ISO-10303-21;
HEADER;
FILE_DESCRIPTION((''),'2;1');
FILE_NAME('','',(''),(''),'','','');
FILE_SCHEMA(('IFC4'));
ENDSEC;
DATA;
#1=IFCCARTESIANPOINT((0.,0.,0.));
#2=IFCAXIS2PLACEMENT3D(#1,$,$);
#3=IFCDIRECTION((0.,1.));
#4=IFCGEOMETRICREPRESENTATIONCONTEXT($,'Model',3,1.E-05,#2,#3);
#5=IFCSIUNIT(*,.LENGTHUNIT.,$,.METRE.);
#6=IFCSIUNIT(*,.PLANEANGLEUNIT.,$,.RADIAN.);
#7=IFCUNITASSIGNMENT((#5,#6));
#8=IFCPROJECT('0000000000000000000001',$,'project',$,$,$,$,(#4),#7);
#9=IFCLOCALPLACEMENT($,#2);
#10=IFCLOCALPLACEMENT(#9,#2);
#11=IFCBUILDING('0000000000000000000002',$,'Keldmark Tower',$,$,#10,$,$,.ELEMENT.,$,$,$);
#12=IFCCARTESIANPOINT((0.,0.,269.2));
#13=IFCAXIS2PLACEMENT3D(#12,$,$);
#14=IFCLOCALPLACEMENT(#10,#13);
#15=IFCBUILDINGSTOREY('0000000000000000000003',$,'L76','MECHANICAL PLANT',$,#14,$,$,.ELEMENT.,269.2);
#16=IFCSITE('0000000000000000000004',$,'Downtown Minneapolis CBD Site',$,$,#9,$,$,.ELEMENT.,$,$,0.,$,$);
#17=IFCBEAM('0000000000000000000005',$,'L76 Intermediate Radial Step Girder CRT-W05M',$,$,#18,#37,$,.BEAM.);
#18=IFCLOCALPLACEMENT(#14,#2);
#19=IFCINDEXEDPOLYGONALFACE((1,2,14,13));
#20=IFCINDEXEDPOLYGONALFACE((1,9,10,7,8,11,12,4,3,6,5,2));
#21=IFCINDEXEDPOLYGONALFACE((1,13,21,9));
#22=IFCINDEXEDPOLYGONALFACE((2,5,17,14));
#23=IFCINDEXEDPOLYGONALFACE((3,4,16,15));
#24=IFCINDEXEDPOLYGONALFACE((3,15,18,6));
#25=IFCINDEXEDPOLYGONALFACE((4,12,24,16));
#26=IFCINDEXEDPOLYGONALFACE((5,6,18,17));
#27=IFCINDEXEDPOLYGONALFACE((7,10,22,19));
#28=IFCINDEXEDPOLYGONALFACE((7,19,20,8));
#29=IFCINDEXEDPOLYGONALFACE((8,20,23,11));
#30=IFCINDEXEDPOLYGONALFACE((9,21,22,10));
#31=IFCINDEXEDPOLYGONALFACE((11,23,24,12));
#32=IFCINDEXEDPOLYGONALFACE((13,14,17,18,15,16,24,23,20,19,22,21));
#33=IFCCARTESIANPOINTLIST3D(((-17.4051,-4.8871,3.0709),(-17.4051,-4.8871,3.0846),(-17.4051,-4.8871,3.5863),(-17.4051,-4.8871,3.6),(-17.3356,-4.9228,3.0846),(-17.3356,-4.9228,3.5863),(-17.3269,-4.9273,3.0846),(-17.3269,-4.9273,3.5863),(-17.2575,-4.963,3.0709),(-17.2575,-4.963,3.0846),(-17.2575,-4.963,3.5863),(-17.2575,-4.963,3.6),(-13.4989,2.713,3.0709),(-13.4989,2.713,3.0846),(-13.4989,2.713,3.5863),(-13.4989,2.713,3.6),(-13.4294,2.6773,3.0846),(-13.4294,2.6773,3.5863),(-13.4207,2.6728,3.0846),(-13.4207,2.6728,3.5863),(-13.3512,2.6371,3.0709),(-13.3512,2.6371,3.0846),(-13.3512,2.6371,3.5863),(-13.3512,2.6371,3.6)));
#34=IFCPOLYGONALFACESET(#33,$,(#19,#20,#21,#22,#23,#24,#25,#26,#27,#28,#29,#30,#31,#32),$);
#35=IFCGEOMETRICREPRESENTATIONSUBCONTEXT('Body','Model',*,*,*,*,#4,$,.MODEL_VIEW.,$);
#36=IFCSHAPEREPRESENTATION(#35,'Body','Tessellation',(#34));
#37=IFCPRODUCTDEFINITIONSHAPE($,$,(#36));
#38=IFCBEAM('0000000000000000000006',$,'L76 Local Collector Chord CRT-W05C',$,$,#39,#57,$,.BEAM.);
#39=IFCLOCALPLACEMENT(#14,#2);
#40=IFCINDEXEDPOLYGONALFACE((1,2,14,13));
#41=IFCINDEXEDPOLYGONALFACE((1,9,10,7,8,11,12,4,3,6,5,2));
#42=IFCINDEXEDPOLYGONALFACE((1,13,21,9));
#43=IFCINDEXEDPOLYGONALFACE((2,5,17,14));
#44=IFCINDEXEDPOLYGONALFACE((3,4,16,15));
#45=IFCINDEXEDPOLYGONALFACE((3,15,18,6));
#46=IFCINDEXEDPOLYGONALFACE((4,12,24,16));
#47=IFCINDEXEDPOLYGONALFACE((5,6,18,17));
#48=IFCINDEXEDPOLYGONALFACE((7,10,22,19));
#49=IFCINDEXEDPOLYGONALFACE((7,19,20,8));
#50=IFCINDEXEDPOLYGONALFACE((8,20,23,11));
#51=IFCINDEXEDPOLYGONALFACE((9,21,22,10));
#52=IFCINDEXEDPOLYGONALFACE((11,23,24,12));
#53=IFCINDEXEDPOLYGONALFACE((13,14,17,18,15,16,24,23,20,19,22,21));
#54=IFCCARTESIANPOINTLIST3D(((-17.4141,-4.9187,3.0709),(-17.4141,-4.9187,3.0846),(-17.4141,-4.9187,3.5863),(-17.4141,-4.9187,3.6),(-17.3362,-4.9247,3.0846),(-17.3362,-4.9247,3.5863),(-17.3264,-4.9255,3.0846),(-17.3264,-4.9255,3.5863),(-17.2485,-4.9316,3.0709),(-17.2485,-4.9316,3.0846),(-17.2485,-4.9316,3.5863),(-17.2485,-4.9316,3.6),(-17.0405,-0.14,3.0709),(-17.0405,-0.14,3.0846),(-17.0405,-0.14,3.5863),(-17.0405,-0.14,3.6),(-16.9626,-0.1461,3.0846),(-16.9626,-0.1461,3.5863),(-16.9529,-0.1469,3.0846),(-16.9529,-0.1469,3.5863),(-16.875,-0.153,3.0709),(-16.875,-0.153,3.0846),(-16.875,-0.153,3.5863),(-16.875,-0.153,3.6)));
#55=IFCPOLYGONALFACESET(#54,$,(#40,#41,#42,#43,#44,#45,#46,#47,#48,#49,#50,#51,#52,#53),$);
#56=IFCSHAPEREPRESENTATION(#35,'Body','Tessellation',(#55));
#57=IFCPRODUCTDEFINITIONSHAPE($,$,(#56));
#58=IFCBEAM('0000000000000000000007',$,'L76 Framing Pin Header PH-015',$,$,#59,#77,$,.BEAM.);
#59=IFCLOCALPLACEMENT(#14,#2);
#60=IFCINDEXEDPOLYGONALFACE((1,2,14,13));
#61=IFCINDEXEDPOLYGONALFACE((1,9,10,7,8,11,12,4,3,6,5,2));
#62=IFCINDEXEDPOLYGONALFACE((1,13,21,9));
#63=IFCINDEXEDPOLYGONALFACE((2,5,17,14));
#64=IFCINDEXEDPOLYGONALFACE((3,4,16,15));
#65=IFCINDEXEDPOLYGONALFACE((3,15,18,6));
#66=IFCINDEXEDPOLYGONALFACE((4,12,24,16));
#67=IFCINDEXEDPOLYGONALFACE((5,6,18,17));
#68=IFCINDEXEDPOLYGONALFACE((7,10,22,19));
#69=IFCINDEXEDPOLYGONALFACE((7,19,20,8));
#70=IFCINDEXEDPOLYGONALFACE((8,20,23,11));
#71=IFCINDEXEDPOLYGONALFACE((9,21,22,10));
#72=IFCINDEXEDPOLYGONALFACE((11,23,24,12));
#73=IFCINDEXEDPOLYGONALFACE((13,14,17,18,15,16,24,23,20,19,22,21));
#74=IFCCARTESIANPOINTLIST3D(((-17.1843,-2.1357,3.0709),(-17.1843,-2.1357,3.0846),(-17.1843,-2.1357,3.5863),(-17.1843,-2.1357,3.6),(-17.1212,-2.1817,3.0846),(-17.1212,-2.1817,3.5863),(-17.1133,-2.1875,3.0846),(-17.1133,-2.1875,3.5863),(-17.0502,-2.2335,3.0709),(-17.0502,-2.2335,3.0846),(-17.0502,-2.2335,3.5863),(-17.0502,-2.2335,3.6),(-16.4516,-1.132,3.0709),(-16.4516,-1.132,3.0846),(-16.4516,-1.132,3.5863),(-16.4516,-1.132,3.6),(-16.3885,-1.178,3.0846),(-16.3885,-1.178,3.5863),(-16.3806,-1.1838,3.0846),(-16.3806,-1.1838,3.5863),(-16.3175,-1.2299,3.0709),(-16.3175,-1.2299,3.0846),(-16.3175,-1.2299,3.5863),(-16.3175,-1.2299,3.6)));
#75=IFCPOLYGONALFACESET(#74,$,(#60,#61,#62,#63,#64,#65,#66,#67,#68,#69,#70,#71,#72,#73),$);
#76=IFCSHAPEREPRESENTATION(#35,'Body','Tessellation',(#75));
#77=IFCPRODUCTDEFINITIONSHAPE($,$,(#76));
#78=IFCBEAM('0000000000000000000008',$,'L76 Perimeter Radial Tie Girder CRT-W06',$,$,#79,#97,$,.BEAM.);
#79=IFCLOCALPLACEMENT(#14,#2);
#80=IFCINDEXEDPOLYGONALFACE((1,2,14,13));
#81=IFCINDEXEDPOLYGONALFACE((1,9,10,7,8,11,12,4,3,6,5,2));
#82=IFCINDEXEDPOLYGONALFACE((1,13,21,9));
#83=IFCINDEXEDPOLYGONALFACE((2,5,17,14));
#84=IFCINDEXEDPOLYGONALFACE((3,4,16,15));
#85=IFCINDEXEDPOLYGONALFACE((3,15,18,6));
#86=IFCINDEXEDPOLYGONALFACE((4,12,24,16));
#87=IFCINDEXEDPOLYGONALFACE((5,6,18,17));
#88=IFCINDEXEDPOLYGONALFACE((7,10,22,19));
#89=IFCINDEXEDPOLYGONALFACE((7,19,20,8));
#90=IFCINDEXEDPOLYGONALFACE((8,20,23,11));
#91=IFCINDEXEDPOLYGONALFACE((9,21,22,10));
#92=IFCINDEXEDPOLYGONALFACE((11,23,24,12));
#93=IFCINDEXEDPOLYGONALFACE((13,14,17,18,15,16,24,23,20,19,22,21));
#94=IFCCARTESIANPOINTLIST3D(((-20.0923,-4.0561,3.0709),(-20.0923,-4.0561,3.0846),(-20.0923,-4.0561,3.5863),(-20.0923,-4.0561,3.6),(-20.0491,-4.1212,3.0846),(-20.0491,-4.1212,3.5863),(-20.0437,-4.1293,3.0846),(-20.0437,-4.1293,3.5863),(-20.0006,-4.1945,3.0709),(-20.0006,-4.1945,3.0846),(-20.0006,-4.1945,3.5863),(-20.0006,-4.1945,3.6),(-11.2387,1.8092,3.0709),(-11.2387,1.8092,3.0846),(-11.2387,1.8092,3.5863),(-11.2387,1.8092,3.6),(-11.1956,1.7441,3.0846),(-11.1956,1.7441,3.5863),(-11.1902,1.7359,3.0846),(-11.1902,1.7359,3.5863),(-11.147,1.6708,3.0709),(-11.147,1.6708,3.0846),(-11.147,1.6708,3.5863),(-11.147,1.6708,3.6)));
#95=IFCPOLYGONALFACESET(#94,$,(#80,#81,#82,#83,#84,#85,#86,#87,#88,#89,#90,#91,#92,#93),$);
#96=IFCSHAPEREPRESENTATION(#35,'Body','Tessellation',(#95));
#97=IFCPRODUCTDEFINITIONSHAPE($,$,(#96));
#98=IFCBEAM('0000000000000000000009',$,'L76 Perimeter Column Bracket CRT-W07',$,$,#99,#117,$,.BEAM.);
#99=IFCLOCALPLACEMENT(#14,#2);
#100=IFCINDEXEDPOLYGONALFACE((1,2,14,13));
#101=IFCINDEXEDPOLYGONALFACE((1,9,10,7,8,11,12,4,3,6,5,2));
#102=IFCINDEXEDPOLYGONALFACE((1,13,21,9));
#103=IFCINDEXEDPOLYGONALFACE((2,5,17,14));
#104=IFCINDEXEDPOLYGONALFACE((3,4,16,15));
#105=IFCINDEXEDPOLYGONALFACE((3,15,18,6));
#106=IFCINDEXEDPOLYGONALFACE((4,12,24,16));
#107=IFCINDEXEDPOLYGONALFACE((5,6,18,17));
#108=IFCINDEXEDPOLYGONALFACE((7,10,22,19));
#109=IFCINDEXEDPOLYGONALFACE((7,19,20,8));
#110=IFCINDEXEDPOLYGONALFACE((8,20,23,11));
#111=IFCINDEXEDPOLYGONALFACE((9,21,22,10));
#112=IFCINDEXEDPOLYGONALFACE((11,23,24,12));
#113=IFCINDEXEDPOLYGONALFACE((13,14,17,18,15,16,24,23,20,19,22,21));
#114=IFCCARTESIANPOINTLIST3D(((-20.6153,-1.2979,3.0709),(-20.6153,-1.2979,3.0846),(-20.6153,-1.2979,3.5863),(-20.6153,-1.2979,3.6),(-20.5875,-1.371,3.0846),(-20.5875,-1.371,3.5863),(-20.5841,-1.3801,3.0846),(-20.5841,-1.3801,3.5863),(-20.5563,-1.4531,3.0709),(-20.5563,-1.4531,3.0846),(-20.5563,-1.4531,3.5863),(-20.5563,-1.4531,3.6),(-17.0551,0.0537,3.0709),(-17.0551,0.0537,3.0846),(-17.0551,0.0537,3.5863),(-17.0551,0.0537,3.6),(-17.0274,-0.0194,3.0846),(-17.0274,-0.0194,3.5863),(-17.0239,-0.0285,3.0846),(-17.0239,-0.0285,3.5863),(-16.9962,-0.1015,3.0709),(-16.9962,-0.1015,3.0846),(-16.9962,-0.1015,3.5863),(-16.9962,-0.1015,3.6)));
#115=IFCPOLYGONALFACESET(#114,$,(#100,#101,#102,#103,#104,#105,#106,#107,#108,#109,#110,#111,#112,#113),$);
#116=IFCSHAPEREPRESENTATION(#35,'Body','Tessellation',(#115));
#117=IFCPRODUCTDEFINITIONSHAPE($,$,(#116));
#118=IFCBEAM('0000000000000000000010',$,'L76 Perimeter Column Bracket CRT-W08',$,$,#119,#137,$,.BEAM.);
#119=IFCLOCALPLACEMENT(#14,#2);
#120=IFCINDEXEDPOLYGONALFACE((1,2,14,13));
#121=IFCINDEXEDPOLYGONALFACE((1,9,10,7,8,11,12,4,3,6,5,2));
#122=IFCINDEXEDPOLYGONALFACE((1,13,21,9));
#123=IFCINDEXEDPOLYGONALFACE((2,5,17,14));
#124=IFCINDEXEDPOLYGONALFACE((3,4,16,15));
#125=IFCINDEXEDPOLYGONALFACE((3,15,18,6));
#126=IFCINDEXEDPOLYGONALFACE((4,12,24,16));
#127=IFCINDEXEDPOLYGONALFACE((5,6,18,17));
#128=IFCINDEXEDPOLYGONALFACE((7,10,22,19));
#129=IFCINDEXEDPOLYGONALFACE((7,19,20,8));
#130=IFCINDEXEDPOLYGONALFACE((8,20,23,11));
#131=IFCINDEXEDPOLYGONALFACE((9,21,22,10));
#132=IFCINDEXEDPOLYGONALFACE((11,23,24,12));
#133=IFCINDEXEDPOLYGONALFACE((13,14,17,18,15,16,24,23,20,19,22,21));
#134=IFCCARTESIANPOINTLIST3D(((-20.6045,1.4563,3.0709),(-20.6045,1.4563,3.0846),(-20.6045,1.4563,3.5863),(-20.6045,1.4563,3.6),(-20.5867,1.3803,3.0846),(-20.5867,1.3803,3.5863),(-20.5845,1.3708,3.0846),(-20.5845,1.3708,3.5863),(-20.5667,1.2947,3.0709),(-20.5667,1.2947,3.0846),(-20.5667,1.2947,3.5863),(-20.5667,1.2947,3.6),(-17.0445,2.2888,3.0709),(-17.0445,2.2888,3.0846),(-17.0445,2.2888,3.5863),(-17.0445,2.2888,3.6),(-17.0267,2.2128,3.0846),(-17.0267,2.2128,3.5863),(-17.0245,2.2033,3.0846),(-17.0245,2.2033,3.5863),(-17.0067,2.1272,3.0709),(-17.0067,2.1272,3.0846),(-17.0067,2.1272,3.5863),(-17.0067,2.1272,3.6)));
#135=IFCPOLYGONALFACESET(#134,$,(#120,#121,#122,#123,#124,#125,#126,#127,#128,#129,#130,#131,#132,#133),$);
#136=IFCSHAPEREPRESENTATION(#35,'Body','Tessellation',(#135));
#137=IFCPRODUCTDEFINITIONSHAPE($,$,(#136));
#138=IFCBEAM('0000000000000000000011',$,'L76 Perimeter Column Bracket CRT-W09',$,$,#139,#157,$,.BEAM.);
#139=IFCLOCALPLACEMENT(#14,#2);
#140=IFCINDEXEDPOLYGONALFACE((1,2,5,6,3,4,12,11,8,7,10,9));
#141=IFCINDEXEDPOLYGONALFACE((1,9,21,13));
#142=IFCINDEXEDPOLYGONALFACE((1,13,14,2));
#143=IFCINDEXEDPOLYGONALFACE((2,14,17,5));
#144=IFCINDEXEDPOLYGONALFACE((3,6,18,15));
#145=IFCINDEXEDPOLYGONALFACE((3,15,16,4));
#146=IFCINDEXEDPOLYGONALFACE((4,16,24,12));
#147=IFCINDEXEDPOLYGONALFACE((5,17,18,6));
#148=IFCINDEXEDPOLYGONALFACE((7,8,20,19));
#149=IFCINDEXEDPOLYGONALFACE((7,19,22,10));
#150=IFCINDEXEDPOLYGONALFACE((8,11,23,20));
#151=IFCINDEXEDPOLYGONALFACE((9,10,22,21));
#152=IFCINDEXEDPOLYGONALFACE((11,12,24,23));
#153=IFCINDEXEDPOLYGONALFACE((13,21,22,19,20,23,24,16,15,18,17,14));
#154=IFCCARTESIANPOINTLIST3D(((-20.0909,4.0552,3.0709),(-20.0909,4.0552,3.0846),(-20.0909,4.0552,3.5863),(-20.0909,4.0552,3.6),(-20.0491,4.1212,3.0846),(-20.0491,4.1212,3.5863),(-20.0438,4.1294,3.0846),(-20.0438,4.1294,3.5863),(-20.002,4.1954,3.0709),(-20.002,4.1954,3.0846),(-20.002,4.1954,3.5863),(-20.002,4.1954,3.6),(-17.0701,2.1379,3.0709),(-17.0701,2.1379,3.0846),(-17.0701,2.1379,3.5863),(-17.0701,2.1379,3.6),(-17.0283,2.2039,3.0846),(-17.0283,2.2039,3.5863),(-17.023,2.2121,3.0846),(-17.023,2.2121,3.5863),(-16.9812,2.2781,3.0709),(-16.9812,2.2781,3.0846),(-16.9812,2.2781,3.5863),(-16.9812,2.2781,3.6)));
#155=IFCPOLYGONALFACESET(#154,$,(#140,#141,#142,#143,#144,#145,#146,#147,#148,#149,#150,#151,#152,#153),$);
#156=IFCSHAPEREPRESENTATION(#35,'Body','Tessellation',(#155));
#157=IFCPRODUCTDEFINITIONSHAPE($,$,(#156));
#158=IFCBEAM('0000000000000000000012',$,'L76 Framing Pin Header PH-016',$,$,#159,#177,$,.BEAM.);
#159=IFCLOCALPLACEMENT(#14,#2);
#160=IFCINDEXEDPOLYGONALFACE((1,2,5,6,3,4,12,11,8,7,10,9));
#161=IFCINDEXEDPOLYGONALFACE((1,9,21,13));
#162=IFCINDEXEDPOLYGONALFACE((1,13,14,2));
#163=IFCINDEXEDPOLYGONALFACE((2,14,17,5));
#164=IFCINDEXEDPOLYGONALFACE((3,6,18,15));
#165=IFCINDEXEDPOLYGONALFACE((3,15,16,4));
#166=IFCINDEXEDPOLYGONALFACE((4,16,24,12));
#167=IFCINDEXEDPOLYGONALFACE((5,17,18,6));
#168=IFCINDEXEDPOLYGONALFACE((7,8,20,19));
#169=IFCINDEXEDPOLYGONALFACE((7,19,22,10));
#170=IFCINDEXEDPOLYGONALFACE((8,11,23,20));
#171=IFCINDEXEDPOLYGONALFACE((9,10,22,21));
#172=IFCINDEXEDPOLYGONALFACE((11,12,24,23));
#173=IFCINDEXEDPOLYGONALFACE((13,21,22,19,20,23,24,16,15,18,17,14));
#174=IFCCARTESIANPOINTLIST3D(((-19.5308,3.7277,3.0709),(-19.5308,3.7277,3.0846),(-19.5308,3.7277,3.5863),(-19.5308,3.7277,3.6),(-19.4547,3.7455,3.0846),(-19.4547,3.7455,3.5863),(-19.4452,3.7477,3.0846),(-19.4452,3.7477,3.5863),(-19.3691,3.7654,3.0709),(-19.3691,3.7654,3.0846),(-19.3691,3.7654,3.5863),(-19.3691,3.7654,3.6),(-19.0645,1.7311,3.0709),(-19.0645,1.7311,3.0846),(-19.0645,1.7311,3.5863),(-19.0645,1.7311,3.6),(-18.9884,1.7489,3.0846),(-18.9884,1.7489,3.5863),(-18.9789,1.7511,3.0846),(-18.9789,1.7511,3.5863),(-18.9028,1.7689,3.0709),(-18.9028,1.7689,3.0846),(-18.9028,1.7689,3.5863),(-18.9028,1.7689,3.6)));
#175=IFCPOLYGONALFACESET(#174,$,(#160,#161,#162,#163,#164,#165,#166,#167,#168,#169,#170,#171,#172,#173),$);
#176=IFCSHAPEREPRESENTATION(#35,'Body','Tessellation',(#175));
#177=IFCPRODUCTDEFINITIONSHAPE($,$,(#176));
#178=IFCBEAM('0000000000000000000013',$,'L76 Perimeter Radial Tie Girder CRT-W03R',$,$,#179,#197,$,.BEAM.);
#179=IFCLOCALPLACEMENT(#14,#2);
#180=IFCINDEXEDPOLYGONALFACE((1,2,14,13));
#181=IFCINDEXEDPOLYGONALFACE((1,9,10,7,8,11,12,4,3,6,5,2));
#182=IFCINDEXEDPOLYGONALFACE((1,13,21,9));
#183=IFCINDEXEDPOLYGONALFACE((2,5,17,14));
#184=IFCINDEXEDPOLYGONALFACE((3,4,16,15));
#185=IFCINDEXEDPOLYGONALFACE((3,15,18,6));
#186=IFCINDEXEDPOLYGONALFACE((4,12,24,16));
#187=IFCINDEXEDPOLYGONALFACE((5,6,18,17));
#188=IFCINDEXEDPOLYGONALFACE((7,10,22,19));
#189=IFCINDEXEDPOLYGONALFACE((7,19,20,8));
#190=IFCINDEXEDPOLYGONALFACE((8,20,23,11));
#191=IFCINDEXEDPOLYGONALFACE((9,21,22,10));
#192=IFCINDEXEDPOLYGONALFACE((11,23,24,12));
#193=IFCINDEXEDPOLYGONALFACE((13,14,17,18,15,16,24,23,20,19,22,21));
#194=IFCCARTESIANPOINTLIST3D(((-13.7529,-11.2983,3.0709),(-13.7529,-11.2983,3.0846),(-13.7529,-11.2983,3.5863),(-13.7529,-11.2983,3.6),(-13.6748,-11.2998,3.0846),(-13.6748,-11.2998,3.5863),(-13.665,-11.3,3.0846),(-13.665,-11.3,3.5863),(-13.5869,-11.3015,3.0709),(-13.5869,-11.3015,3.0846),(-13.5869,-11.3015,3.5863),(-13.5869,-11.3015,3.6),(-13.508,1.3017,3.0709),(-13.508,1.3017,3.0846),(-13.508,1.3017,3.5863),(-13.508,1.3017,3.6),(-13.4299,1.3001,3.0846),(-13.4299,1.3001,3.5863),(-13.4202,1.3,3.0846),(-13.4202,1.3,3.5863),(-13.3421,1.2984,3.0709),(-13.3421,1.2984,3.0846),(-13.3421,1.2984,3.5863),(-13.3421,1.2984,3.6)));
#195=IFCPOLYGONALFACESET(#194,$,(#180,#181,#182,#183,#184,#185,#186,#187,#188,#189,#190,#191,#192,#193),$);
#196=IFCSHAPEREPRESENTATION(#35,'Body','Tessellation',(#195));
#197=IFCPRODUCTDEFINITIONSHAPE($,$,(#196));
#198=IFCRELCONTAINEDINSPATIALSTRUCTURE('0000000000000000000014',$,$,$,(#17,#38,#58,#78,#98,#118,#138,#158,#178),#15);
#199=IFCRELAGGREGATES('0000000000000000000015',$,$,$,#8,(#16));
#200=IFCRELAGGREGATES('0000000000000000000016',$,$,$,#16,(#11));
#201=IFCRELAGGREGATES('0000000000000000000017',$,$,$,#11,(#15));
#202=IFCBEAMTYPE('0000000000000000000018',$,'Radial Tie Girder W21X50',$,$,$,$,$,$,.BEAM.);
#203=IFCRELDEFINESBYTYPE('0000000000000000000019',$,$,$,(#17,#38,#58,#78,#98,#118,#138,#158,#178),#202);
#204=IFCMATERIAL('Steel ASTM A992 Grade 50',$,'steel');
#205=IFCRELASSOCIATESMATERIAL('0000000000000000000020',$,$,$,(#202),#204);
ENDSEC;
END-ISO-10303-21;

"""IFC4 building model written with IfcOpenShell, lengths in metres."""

from ifc_helpers import new_model, si_unit, direction, frame, origin, origin_2d, place, context, subcontext, project, spatial, i_section, extrude, material, material_profile, profile_set, type_object, element, save


model = new_model("IFC4")

# Units and contexts
model_context = context("Model", 3, precision=1e-05, world=origin(), true_north=direction((0.0, 1.0)))
body_context = subcontext(model_context, "Body", "Model", "MODEL_VIEW")
ifc_project = project(units=[si_unit("LENGTHUNIT", "METRE"), si_unit("PLANEANGLEUNIT", "RADIAN")], contexts=[model_context])

# Site, building, storey
site_placement = place(None, origin())
site = spatial("IfcSite", under=ifc_project, at=site_placement, Name="Downtown Minneapolis CBD Site", CompositionType="ELEMENT", RefElevation=0.0)
building_placement = place(site_placement, origin())
building = spatial("IfcBuilding", under=site, at=building_placement, Name="Keldmark Tower", CompositionType="ELEMENT")
storey_placement = place(building_placement, frame((0.0, 0.0, 269.2)))
storey = spatial("IfcBuildingStorey", under=building, at=storey_placement, Name="L76", Description="MECHANICAL PLANT", CompositionType="ELEMENT", Elevation=269.2)

# Beams
ifc_material_1 = material(Name="Steel ASTM A992 Grade 50", Category="steel")
ifc_material_profile_1 = material_profile(ifc_material_1, i_section(OverallWidth=0.166, OverallDepth=0.5291, WebThickness=0.0098, FlangeThickness=0.0137, at=origin_2d()), Name="W21X50")
ifc_profile_set_1 = profile_set([ifc_material_profile_1], Name="Steel ASTM A992 Grade 50")
beam_type_1 = type_object("IfcBeamType", Name="Radial Tie Girder W21X50", PredefinedType="BEAM", material=ifc_profile_set_1)
beam_1_placement = place(storey_placement, frame((-13.425, 2.675, 3.3354), z_axis=(-0.457129, -0.889401, 0.0), x_axis=(0.889401, -0.457129, 0.0)))
element("IfcBeam", 1, at=beam_1_placement, inside=storey, type_object=beam_type_1, Name="L76 Intermediate Radial Step Girder CRT-W05M", PredefinedType="BEAM", context=body_context, shape_type="SweptSolid", body=[
    extrude(i_section(OverallWidth=0.166, OverallDepth=0.5291, WebThickness=0.0098, FlangeThickness=0.0137, at=origin_2d()), origin(), (0.0, 0.0, 1.0), 8.5452),
])
beam_2_placement = place(storey_placement, frame((-16.9578, -0.1465, 3.3354), z_axis=(-0.077931, -0.996959, 0.0), x_axis=(0.996959, -0.077931, 0.0)))
element("IfcBeam", 2, at=beam_2_placement, inside=storey, type_object=beam_type_1, Name="L76 Local Collector Chord CRT-W05C", PredefinedType="BEAM", context=body_context, shape_type="SweptSolid", body=[
    extrude(i_section(OverallWidth=0.166, OverallDepth=0.5291, WebThickness=0.0098, FlangeThickness=0.0137, at=origin_2d()), origin(), (0.0, 0.0, 1.0), 4.7932),
])
beam_3_placement = place(storey_placement, frame((-16.3845, -1.1809, 3.3354), z_axis=(-0.589608, -0.80769, 0.0), x_axis=(0.80769, -0.589608, 0.0)))
element("IfcBeam", 3, at=beam_3_placement, inside=storey, type_object=beam_type_1, Name="L76 Framing Pin Header PH-015", PredefinedType="BEAM", context=body_context, shape_type="SweptSolid", body=[
    extrude(i_section(OverallWidth=0.166, OverallDepth=0.5291, WebThickness=0.0098, FlangeThickness=0.0137, at=origin_2d()), origin(), (0.0, 0.0, 1.0), 1.2427),
])
beam_4_placement = place(storey_placement, frame((-11.1929, 1.74, 3.3354), z_axis=(-0.83366, -0.552279, 0.0), x_axis=(0.552279, -0.83366, 0.0)))
element("IfcBeam", 4, at=beam_4_placement, inside=storey, type_object=beam_type_1, Name="L76 Perimeter Radial Tie Girder CRT-W06", PredefinedType="BEAM", context=body_context, shape_type="SweptSolid", body=[
    extrude(i_section(OverallWidth=0.166, OverallDepth=0.5291, WebThickness=0.0098, FlangeThickness=0.0137, at=origin_2d()), origin(), (0.0, 0.0, 1.0), 10.6201),
])
beam_5_placement = place(storey_placement, frame((-17.0256, -0.0239, 3.3354), z_axis=(-0.934893, -0.354929, 0.0), x_axis=(0.354929, -0.934893, 0.0)))
element("IfcBeam", 5, at=beam_5_placement, inside=storey, type_object=beam_type_1, Name="L76 Perimeter Column Bracket CRT-W07", PredefinedType="BEAM", context=body_context, shape_type="SweptSolid", body=[
    extrude(i_section(OverallWidth=0.166, OverallDepth=0.5291, WebThickness=0.0098, FlangeThickness=0.0137, at=origin_2d()), origin(), (0.0, 0.0, 1.0), 3.8081),
])
beam_6_placement = place(storey_placement, frame((-17.0256, 2.208, 3.3354), z_axis=(-0.97373, -0.227707, 0.0), x_axis=(0.227707, -0.97373, 0.0)))
element("IfcBeam", 6, at=beam_6_placement, inside=storey, type_object=beam_type_1, Name="L76 Perimeter Column Bracket CRT-W08", PredefinedType="BEAM", context=body_context, shape_type="SweptSolid", body=[
    extrude(i_section(OverallWidth=0.166, OverallDepth=0.5291, WebThickness=0.0098, FlangeThickness=0.0137, at=origin_2d()), origin(), (0.0, 0.0, 1.0), 3.656),
])
beam_7_placement = place(storey_placement, frame((-17.0256, 2.208, 3.3354), z_axis=(-0.844302, 0.535868, 0.0), x_axis=(-0.535868, -0.844302, 0.0)))
element("IfcBeam", 7, at=beam_7_placement, inside=storey, type_object=beam_type_1, Name="L76 Perimeter Column Bracket CRT-W09", PredefinedType="BEAM", context=body_context, shape_type="SweptSolid", body=[
    extrude(i_section(OverallWidth=0.166, OverallDepth=0.5291, WebThickness=0.0098, FlangeThickness=0.0137, at=origin_2d()), origin(), (0.0, 0.0, 1.0), 3.5779),
])
beam_8_placement = place(storey_placement, frame((-18.9836, 1.75, 3.3354), z_axis=(-0.227433, 0.973794, 0.0), x_axis=(-0.973794, -0.227433, 0.0)))
element("IfcBeam", 8, at=beam_8_placement, inside=storey, type_object=beam_type_1, Name="L76 Framing Pin Header PH-016", PredefinedType="BEAM", context=body_context, shape_type="SweptSolid", body=[
    extrude(i_section(OverallWidth=0.166, OverallDepth=0.5291, WebThickness=0.0098, FlangeThickness=0.0137, at=origin_2d()), origin(), (0.0, 0.0, 1.0), 2.0503),
])
beam_9_placement = place(storey_placement, frame((-13.425, 1.3, 3.3354), z_axis=(-0.019431, -0.999811, 0.0), x_axis=(0.999811, -0.019431, 0.0)))
element("IfcBeam", 9, at=beam_9_placement, inside=storey, type_object=beam_type_1, Name="L76 Perimeter Radial Tie Girder CRT-W03R", PredefinedType="BEAM", context=body_context, shape_type="SweptSolid", body=[
    extrude(i_section(OverallWidth=0.166, OverallDepth=0.5291, WebThickness=0.0098, FlangeThickness=0.0137, at=origin_2d()), origin(), (0.0, 0.0, 1.0), 12.6023),
])

save(model, "model.ifc")
